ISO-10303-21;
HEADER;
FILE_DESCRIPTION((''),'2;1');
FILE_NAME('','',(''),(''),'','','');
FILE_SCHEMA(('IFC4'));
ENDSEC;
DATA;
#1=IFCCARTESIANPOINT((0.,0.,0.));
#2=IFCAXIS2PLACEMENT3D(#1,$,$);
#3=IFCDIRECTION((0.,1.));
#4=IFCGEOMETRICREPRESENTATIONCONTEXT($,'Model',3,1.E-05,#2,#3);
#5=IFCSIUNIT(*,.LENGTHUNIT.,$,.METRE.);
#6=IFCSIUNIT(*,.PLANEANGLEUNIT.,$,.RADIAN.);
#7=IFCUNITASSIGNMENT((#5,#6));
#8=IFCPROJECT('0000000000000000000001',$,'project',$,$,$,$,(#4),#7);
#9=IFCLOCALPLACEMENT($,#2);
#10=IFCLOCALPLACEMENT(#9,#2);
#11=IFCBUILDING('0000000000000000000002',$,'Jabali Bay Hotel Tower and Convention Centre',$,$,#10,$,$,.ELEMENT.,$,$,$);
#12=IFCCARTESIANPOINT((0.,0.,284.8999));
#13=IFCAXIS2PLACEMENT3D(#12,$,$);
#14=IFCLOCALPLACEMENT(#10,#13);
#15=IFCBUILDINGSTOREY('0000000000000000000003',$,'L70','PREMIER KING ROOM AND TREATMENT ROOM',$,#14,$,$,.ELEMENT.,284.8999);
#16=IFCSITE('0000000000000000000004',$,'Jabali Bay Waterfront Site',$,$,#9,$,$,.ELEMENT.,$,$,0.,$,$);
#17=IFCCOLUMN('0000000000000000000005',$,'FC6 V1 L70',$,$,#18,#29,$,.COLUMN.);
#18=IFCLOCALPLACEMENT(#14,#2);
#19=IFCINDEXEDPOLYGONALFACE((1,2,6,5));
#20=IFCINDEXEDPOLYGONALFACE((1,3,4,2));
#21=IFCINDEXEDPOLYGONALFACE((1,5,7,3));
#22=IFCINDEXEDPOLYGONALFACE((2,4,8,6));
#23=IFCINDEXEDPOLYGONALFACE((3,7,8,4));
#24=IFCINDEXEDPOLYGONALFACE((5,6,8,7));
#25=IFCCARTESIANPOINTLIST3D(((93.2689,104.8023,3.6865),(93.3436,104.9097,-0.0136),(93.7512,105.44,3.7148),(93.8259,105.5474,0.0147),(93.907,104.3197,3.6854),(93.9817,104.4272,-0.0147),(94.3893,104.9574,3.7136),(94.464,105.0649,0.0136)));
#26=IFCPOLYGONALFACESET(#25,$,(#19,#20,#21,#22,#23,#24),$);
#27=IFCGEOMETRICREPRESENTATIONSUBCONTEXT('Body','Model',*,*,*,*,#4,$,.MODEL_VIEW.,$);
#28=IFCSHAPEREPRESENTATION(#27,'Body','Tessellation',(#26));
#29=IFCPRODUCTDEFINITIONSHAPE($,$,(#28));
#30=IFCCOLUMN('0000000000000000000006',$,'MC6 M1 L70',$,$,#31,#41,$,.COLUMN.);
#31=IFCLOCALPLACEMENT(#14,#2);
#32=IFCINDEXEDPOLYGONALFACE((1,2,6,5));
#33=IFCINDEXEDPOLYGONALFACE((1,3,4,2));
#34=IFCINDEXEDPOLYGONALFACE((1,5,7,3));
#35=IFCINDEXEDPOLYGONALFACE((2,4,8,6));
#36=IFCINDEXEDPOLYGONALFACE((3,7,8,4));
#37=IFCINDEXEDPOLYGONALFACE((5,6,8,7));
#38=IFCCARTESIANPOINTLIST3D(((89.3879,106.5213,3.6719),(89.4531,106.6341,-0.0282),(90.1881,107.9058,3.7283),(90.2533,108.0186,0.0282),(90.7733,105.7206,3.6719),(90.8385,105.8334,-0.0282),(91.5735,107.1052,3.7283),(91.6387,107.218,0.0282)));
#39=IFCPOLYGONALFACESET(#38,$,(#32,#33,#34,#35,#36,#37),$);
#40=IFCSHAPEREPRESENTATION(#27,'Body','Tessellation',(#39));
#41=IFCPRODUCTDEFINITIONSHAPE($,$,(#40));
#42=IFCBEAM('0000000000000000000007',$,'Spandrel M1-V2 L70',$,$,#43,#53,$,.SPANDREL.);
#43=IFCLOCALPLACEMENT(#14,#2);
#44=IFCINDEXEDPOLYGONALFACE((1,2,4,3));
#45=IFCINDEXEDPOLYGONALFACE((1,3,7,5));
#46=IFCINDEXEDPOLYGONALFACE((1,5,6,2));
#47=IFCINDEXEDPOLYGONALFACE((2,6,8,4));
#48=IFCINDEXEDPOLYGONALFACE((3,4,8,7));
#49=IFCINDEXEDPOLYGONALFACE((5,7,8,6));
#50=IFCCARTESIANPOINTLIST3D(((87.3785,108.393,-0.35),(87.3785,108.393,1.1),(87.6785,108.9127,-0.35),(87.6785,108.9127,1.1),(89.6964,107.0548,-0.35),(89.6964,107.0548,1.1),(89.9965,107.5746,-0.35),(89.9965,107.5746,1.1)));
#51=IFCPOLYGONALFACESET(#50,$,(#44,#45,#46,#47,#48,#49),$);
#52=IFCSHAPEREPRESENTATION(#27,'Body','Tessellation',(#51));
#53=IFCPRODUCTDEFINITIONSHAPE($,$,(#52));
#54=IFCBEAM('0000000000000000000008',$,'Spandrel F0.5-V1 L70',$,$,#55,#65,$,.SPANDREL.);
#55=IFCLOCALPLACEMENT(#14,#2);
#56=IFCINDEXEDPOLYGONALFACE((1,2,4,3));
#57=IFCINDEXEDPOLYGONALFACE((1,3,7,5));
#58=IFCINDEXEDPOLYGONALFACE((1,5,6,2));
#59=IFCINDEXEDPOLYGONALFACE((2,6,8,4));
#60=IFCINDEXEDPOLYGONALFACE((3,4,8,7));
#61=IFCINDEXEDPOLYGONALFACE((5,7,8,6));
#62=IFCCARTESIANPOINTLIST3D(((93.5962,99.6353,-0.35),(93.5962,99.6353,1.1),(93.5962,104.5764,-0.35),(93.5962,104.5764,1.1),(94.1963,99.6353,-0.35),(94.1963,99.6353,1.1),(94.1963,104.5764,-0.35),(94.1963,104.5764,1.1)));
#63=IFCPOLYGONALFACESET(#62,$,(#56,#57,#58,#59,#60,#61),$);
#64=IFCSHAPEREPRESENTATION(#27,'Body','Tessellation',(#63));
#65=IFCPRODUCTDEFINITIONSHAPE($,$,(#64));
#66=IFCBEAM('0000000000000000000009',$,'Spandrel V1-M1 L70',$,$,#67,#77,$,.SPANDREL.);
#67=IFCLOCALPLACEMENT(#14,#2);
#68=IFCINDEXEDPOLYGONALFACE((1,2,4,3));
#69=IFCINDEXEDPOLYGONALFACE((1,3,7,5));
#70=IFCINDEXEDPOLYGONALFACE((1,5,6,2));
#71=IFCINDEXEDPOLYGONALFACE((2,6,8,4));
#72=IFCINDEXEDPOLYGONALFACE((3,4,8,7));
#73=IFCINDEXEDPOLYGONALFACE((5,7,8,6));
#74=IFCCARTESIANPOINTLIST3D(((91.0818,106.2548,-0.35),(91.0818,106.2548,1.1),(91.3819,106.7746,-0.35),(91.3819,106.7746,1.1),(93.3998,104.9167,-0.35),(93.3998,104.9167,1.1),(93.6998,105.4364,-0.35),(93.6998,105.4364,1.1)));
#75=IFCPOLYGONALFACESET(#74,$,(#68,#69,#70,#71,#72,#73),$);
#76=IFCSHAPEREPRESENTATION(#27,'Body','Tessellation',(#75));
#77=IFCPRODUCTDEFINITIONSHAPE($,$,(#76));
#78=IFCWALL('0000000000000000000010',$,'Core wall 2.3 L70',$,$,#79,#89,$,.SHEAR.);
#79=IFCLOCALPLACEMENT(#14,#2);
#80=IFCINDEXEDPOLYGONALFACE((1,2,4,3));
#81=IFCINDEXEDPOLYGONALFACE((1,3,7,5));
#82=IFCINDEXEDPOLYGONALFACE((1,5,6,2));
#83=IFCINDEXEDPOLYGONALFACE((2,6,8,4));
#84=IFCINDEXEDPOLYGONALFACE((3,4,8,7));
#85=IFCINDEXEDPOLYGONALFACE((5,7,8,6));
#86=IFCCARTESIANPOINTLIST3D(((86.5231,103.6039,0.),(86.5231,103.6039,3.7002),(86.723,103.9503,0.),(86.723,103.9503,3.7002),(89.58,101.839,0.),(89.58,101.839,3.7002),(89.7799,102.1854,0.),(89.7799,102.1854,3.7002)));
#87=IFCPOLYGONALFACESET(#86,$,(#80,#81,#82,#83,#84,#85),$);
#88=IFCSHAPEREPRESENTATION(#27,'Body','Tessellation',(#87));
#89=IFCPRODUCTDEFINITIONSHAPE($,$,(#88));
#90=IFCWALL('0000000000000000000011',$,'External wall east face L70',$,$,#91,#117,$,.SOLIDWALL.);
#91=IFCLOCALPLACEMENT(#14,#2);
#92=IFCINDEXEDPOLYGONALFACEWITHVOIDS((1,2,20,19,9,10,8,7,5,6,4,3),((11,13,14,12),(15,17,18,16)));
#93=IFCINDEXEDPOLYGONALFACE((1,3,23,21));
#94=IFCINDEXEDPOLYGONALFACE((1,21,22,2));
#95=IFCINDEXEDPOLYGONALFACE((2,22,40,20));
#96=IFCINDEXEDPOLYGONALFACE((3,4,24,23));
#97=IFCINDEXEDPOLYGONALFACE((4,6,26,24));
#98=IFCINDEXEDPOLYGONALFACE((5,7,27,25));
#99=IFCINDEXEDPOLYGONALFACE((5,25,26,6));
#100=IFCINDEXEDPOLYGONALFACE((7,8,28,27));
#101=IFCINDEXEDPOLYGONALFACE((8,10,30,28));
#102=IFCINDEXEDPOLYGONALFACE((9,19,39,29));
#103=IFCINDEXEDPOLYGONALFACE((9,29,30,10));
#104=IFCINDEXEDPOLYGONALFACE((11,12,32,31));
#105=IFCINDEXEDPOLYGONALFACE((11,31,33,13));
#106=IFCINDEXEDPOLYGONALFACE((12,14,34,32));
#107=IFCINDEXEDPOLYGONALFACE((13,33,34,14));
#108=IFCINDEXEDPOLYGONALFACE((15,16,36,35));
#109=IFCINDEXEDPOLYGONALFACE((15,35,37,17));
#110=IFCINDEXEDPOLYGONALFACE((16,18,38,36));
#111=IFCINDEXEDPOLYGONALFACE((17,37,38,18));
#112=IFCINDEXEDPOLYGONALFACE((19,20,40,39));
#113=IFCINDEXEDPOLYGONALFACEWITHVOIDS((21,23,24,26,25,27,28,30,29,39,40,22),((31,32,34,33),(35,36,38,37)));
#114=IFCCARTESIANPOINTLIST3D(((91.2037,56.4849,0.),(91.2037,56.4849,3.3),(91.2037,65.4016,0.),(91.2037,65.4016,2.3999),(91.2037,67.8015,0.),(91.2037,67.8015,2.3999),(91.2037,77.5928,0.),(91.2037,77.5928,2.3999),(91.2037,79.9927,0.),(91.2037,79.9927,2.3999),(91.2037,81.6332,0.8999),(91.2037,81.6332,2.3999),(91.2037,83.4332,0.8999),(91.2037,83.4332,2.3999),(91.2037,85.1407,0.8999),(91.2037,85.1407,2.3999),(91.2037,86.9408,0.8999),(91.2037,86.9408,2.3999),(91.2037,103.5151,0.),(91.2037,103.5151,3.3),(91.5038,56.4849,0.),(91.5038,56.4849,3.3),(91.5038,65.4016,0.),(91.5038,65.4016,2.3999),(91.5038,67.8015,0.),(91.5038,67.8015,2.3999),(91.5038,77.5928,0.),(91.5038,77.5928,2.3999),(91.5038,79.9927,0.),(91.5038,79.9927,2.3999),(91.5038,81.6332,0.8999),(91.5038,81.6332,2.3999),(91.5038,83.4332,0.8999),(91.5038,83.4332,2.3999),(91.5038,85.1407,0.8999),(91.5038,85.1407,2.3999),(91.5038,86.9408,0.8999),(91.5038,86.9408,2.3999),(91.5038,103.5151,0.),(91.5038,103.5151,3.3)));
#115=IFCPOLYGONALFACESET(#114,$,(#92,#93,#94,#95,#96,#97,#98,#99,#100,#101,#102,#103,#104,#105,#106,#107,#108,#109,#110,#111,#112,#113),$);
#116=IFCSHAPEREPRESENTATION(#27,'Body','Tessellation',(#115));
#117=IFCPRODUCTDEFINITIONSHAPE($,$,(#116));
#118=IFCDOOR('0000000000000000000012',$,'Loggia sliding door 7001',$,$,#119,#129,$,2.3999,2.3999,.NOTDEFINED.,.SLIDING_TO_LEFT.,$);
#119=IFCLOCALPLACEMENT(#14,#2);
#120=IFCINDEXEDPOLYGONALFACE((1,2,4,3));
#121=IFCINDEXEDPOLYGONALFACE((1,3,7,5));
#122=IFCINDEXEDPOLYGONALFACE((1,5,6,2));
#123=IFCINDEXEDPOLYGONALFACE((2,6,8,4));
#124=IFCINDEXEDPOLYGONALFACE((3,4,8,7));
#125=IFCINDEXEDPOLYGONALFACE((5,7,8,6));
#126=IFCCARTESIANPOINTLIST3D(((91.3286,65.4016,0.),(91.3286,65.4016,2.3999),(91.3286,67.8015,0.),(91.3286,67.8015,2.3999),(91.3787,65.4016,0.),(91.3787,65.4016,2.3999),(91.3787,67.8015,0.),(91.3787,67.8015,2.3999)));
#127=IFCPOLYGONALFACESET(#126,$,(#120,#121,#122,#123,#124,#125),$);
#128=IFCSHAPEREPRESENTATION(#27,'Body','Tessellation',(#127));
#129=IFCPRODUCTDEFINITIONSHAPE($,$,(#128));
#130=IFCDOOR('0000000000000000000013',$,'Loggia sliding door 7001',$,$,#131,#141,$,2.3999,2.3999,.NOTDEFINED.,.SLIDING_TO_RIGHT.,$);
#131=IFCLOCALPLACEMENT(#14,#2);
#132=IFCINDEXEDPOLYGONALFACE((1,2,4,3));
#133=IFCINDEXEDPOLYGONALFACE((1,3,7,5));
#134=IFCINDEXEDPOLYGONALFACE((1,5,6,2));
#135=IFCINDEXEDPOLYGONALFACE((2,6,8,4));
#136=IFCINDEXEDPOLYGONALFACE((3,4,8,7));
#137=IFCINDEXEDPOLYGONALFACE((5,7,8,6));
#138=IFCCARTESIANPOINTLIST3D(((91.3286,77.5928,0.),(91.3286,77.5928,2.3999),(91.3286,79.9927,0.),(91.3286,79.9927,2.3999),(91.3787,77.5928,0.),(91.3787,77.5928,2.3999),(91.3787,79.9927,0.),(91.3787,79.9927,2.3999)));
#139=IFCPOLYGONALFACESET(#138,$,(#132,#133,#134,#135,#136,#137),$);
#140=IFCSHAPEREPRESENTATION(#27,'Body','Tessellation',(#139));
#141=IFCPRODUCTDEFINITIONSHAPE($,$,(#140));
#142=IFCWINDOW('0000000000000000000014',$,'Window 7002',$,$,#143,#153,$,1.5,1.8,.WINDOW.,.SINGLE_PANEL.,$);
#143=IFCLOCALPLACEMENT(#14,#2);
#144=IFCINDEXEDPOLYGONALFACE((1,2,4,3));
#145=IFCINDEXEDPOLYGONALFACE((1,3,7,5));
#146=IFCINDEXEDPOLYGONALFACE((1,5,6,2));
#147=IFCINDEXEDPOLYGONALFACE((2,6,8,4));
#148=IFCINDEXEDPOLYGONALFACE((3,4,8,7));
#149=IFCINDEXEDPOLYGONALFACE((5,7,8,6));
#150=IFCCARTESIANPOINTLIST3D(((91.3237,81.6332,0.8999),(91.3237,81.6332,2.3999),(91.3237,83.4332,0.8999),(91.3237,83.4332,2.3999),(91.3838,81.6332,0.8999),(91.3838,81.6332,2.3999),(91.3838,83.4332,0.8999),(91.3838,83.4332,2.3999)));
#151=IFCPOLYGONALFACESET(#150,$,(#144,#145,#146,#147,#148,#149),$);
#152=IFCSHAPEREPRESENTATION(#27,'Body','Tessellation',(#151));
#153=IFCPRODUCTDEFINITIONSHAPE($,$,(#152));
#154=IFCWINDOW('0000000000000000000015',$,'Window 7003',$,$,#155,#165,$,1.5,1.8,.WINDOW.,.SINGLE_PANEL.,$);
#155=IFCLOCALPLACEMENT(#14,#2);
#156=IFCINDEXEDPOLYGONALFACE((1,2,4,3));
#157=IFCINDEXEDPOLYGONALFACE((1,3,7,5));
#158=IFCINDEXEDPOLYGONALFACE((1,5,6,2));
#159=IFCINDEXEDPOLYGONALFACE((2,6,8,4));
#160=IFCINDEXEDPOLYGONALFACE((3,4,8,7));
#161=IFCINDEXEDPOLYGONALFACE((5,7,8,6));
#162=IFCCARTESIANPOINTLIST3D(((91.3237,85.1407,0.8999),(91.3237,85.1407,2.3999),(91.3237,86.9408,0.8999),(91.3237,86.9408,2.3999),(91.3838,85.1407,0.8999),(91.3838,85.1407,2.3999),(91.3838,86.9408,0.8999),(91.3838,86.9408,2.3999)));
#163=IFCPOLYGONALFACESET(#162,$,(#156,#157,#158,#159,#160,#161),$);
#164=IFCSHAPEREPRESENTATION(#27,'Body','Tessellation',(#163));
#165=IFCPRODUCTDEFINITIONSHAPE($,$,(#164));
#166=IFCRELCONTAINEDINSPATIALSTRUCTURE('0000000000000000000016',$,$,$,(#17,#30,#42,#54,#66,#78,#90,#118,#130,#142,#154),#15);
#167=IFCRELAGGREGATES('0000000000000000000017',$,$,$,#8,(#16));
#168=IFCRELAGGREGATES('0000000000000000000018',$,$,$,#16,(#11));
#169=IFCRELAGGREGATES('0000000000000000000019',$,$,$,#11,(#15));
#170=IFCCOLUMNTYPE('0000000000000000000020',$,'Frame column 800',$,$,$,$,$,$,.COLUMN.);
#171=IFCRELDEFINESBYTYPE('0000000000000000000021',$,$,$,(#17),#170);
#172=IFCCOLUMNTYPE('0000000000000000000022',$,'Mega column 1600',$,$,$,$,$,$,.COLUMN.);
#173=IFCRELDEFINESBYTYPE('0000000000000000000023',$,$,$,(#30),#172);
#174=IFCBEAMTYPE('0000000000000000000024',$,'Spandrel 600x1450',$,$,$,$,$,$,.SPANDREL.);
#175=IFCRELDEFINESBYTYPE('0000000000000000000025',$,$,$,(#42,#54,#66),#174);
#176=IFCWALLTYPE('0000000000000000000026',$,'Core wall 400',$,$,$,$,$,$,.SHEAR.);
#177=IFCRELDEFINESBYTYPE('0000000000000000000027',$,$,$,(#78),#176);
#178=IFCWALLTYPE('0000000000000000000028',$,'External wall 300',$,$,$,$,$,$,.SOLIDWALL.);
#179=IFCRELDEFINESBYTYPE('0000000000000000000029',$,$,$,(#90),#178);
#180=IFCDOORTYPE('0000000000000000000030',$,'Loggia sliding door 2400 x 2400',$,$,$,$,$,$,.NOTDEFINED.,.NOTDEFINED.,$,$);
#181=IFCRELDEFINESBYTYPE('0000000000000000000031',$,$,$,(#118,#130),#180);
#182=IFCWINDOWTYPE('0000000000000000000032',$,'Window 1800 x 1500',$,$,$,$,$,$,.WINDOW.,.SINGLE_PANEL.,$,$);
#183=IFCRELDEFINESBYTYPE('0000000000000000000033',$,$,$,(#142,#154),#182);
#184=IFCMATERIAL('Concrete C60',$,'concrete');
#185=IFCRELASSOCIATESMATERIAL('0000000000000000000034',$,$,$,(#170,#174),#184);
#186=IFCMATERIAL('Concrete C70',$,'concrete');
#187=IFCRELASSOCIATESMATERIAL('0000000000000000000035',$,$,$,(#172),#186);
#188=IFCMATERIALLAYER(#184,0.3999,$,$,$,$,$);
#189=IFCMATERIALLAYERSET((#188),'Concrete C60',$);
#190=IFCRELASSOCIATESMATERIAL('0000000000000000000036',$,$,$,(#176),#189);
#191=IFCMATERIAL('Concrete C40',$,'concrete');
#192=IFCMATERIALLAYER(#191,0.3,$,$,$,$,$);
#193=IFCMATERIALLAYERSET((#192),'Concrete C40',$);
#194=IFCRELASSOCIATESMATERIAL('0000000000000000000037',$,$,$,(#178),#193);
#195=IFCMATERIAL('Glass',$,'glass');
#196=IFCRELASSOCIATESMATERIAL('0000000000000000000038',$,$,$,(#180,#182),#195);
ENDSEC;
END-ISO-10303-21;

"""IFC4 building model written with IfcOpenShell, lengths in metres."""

from ifc_helpers import new_model, si_unit, direction, frame, frame_2d, origin, origin_2d, place, context, subcontext, project, spatial, rectangle, extrude, material, layer, layer_set, material_profile, profile_set, type_object, element, fill, save


model = new_model("IFC4")

# Units and contexts
model_context = context("Model", 3, precision=1e-05, world=origin(), true_north=direction((0.0, 1.0)))
body_context = subcontext(model_context, "Body", "Model", "MODEL_VIEW")
ifc_project = project(units=[si_unit("LENGTHUNIT", "METRE"), si_unit("PLANEANGLEUNIT", "RADIAN")], contexts=[model_context])

# Site, building, storey
site_placement = place(None, origin())
site = spatial("IfcSite", under=ifc_project, at=site_placement, Name="Jabali Bay Waterfront Site", CompositionType="ELEMENT", RefElevation=0.0)
building_placement = place(site_placement, origin())
building = spatial("IfcBuilding", under=site, at=building_placement, Name="Jabali Bay Hotel Tower and Convention Centre", CompositionType="ELEMENT")
storey_placement = place(building_placement, frame((0.0, 0.0, 284.8999)))
storey = spatial("IfcBuildingStorey", under=building, at=storey_placement, Name="L70", Description="PREMIER KING ROOM AND TREATMENT ROOM", CompositionType="ELEMENT", Elevation=284.8999)

# Columns
ifc_material_1 = material(Name="Concrete C60", Category="concrete")
ifc_material_profile_1 = material_profile(ifc_material_1, rectangle(XDim=0.8, YDim=0.8, at=origin_2d()), Name="Frame column 800")
ifc_profile_set_1 = profile_set([ifc_material_profile_1], Name="Concrete C60")
column_type_1 = type_object("IfcColumnType", Name="Frame column 800", PredefinedType="COLUMN", material=ifc_profile_set_1)
column_1_placement = place(storey_placement, frame((93.9038, 104.9873, 0.0), z_axis=(-0.020177, -0.029013, 0.999375), x_axis=(0.602848, 0.797074, 0.035312)))
element("IfcColumn", 1, at=column_1_placement, inside=storey, type_object=column_type_1, Name="FC6 V1 L70", PredefinedType="COLUMN", context=body_context, shape_type="SweptSolid", body=[
    extrude(rectangle(XDim=0.8, YDim=0.8, at=origin_2d()), origin(), (0.0, 0.0, 1.0), 3.7024),
])
ifc_material_2 = material(Name="Concrete C70", Category="concrete")
ifc_material_profile_2 = material_profile(ifc_material_2, rectangle(XDim=1.6001, YDim=1.6001, at=origin_2d()), Name="Mega column 1600")
ifc_profile_set_2 = profile_set([ifc_material_profile_2], Name="Concrete C70")
column_type_2 = type_object("IfcColumnType", Name="Mega column 1600", PredefinedType="COLUMN", material=ifc_profile_set_2)
column_2_placement = place(storey_placement, frame((90.5459, 106.926, 0.0), z_axis=(-0.017606, -0.030464, 0.999381), x_axis=(0.500067, 0.865272, 0.035186)))
element("IfcColumn", 2, at=column_2_placement, inside=storey, type_object=column_type_2, Name="MC6 M1 L70", PredefinedType="COLUMN", context=body_context, shape_type="SweptSolid", body=[
    extrude(rectangle(XDim=1.6001, YDim=1.6001, at=origin_2d()), origin(), (0.0, 0.0, 1.0), 3.7024),
])

# Beams
ifc_material_profile_3 = material_profile(ifc_material_1, rectangle(XDim=0.6001, YDim=1.45, at=origin_2d()), Name="Spandrel 600x1450")
ifc_profile_set_3 = profile_set([ifc_material_profile_3], Name="Concrete C60")
beam_type = type_object("IfcBeamType", Name="Spandrel 600x1450", PredefinedType="SPANDREL", material=ifc_profile_set_3)
beam_1_placement = place(storey_placement, frame((89.8464, 107.3147, 0.375), z_axis=(-0.86604, 0.499975, 0.0), x_axis=(-0.499975, -0.86604, 0.0)))
element("IfcBeam", 3, at=beam_1_placement, inside=storey, type_object=beam_type, Name="Spandrel M1-V2 L70", PredefinedType="SPANDREL", context=body_context, shape_type="SweptSolid", body=[
    extrude(rectangle(XDim=0.6001, YDim=1.45, at=origin_2d()), origin(), (0.0, 0.0, 1.0), 2.6765),
])
beam_2_placement = place(storey_placement, frame((93.8962, 99.6353, 0.375), z_axis=(0.0, 1.0, 0.0), x_axis=(-1.0, 0.0, 0.0)))
element("IfcBeam", 4, at=beam_2_placement, inside=storey, type_object=beam_type, Name="Spandrel F0.5-V1 L70", PredefinedType="SPANDREL", context=body_context, shape_type="SweptSolid", body=[
    extrude(rectangle(XDim=0.6001, YDim=1.45, at=origin_2d()), origin(), (0.0, 0.0, 1.0), 4.9412),
])
beam_3_placement = place(storey_placement, frame((93.5498, 105.1765, 0.375), z_axis=(-0.86604, 0.499975, 0.0), x_axis=(-0.499975, -0.86604, 0.0)))
element("IfcBeam", 5, at=beam_3_placement, inside=storey, type_object=beam_type, Name="Spandrel V1-M1 L70", PredefinedType="SPANDREL", context=body_context, shape_type="SweptSolid", body=[
    extrude(rectangle(XDim=0.6001, YDim=1.45, at=origin_2d()), origin(), (0.0, 0.0, 1.0), 2.6765),
])

# Wall
ifc_layer_1 = layer(ifc_material_1, 0.3999)
ifc_layer_set_1 = layer_set([ifc_layer_1], Name="Concrete C60")
wall_type_1 = type_object("IfcWallType", Name="Core wall 400", PredefinedType="SHEAR", material=ifc_layer_set_1)
wall_1_placement = place(storey_placement, frame((89.6799, 102.0122, 0.0), z_axis=(0.0, 0.0, 1.0), x_axis=(-0.866025, 0.5, 0.0)))
element("IfcWall", 6, at=wall_1_placement, inside=storey, type_object=wall_type_1, Name="Core wall 2.3 L70", PredefinedType="SHEAR", context=body_context, shape_type="SweptSolid", body=[
    extrude(rectangle(XDim=3.5298, YDim=0.3999, at=frame_2d((1.7649, 0.0))), origin(), (0.0, 0.0, 1.0), 3.7002),
])

# Wall, openings, doors, windows
ifc_material_3 = material(Name="Concrete C40", Category="concrete")
ifc_layer_2 = layer(ifc_material_3, 0.3)
ifc_layer_set_2 = layer_set([ifc_layer_2], Name="Concrete C40")
wall_type_2 = type_object("IfcWallType", Name="External wall 300", PredefinedType="SOLIDWALL", material=ifc_layer_set_2)
wall_2_placement = place(storey_placement, frame((91.3538, 103.5151, 0.0), z_axis=(0.0, 0.0, 1.0), x_axis=(0.0, -1.0, 0.0)))
wall_2 = element("IfcWall", 7, at=wall_2_placement, inside=storey, type_object=wall_type_2, Name="External wall east face L70", PredefinedType="SOLIDWALL", context=body_context, shape_type="SweptSolid", body=[
    extrude(rectangle(XDim=47.0303, YDim=0.3, at=frame_2d((23.5151, 0.0))), origin(), (0.0, 0.0, 1.0), 3.3),
])
opening_1_placement = place(wall_2_placement, frame((35.7136, 0.0, 0.0)))
opening_1 = element("IfcOpeningElement", 8, at=opening_1_placement, cuts=wall_2, PredefinedType="OPENING", context=body_context, shape_type="SweptSolid", body=[
    extrude(rectangle(XDim=2.3999, YDim=2.3999, at=frame_2d((1.2, 1.2))), frame((0.0, 0.1606, 0.0), z_axis=(0.0, -1.0, 0.0), x_axis=(1.0, 0.0, 0.0)), (0.0, 0.0, 1.0), 0.321),
])
opening_2_placement = place(wall_2_placement, frame((23.5225, 0.0, 0.0)))
opening_2 = element("IfcOpeningElement", 9, at=opening_2_placement, cuts=wall_2, PredefinedType="OPENING", context=body_context, shape_type="SweptSolid", body=[
    extrude(rectangle(XDim=2.3999, YDim=2.3999, at=frame_2d((1.2, 1.2))), frame((0.0, 0.1606, 0.0), z_axis=(0.0, -1.0, 0.0), x_axis=(1.0, 0.0, 0.0)), (0.0, 0.0, 1.0), 0.321),
])
opening_3_placement = place(wall_2_placement, frame((20.082, 0.0, 0.8999)))
opening_3 = element("IfcOpeningElement", 10, at=opening_3_placement, cuts=wall_2, PredefinedType="OPENING", context=body_context, shape_type="SweptSolid", body=[
    extrude(rectangle(XDim=1.8, YDim=1.5, at=frame_2d((0.8999, 0.75))), frame((0.0, 0.1606, 0.0), z_axis=(0.0, -1.0, 0.0), x_axis=(1.0, 0.0, 0.0)), (0.0, 0.0, 1.0), 0.321),
])
opening_4_placement = place(wall_2_placement, frame((16.5745, 0.0, 0.8999)))
opening_4 = element("IfcOpeningElement", 11, at=opening_4_placement, cuts=wall_2, PredefinedType="OPENING", context=body_context, shape_type="SweptSolid", body=[
    extrude(rectangle(XDim=1.8, YDim=1.5, at=frame_2d((0.8999, 0.75))), frame((0.0, 0.1606, 0.0), z_axis=(0.0, -1.0, 0.0), x_axis=(1.0, 0.0, 0.0)), (0.0, 0.0, 1.0), 0.321),
])
ifc_material_4 = material(Name="Glass", Category="glass")
door_type = type_object("IfcDoorType", Name="Loggia sliding door 2400 x 2400", OperationType="NOTDEFINED", PredefinedType="NOTDEFINED", material=ifc_material_4)
door_1_placement = place(opening_1_placement, origin())
door_1 = element("IfcDoor", 12, at=door_1_placement, inside=storey, type_object=door_type, Name="Loggia sliding door 7001", OperationType="SLIDING_TO_LEFT", OverallHeight=2.3999, OverallWidth=2.3999, PredefinedType="NOTDEFINED", context=body_context, shape_type="SweptSolid", body=[
    extrude(rectangle(XDim=2.3999, YDim=2.3999, at=frame_2d((1.2, 1.2))), frame((0.0, 0.0249, 0.0), z_axis=(0.0, -1.0, 0.0), x_axis=(1.0, 0.0, 0.0)), (0.0, 0.0, 1.0), 0.05),
])
fill(opening_1, door_1)
door_2_placement = place(opening_2_placement, origin())
door_2 = element("IfcDoor", 13, at=door_2_placement, inside=storey, type_object=door_type, Name="Loggia sliding door 7001", OperationType="SLIDING_TO_RIGHT", OverallHeight=2.3999, OverallWidth=2.3999, PredefinedType="NOTDEFINED", context=body_context, shape_type="SweptSolid", body=[
    extrude(rectangle(XDim=2.3999, YDim=2.3999, at=frame_2d((1.2, 1.2))), frame((0.0, 0.0249, 0.0), z_axis=(0.0, -1.0, 0.0), x_axis=(1.0, 0.0, 0.0)), (0.0, 0.0, 1.0), 0.05),
])
fill(opening_2, door_2)
window_type = type_object("IfcWindowType", Name="Window 1800 x 1500", PartitioningType="SINGLE_PANEL", PredefinedType="WINDOW", material=ifc_material_4)
window_1_placement = place(opening_3_placement, origin())
window_1 = element("IfcWindow", 14, at=window_1_placement, inside=storey, type_object=window_type, Name="Window 7002", OverallHeight=1.5, OverallWidth=1.8, PartitioningType="SINGLE_PANEL", PredefinedType="WINDOW", context=body_context, shape_type="SweptSolid", body=[
    extrude(rectangle(XDim=1.8, YDim=1.5, at=frame_2d((0.8999, 0.75))), frame((0.0, 0.03, 0.0), z_axis=(0.0, -1.0, 0.0), x_axis=(1.0, 0.0, 0.0)), (0.0, 0.0, 1.0), 0.0601),
])
fill(opening_3, window_1)
window_2_placement = place(opening_4_placement, origin())
window_2 = element("IfcWindow", 15, at=window_2_placement, inside=storey, type_object=window_type, Name="Window 7003", OverallHeight=1.5, OverallWidth=1.8, PartitioningType="SINGLE_PANEL", PredefinedType="WINDOW", context=body_context, shape_type="SweptSolid", body=[
    extrude(rectangle(XDim=1.8, YDim=1.5, at=frame_2d((0.8999, 0.75))), frame((0.0, 0.03, 0.0), z_axis=(0.0, -1.0, 0.0), x_axis=(1.0, 0.0, 0.0)), (0.0, 0.0, 1.0), 0.0601),
])
fill(opening_4, window_2)

save(model, "model.ifc")
